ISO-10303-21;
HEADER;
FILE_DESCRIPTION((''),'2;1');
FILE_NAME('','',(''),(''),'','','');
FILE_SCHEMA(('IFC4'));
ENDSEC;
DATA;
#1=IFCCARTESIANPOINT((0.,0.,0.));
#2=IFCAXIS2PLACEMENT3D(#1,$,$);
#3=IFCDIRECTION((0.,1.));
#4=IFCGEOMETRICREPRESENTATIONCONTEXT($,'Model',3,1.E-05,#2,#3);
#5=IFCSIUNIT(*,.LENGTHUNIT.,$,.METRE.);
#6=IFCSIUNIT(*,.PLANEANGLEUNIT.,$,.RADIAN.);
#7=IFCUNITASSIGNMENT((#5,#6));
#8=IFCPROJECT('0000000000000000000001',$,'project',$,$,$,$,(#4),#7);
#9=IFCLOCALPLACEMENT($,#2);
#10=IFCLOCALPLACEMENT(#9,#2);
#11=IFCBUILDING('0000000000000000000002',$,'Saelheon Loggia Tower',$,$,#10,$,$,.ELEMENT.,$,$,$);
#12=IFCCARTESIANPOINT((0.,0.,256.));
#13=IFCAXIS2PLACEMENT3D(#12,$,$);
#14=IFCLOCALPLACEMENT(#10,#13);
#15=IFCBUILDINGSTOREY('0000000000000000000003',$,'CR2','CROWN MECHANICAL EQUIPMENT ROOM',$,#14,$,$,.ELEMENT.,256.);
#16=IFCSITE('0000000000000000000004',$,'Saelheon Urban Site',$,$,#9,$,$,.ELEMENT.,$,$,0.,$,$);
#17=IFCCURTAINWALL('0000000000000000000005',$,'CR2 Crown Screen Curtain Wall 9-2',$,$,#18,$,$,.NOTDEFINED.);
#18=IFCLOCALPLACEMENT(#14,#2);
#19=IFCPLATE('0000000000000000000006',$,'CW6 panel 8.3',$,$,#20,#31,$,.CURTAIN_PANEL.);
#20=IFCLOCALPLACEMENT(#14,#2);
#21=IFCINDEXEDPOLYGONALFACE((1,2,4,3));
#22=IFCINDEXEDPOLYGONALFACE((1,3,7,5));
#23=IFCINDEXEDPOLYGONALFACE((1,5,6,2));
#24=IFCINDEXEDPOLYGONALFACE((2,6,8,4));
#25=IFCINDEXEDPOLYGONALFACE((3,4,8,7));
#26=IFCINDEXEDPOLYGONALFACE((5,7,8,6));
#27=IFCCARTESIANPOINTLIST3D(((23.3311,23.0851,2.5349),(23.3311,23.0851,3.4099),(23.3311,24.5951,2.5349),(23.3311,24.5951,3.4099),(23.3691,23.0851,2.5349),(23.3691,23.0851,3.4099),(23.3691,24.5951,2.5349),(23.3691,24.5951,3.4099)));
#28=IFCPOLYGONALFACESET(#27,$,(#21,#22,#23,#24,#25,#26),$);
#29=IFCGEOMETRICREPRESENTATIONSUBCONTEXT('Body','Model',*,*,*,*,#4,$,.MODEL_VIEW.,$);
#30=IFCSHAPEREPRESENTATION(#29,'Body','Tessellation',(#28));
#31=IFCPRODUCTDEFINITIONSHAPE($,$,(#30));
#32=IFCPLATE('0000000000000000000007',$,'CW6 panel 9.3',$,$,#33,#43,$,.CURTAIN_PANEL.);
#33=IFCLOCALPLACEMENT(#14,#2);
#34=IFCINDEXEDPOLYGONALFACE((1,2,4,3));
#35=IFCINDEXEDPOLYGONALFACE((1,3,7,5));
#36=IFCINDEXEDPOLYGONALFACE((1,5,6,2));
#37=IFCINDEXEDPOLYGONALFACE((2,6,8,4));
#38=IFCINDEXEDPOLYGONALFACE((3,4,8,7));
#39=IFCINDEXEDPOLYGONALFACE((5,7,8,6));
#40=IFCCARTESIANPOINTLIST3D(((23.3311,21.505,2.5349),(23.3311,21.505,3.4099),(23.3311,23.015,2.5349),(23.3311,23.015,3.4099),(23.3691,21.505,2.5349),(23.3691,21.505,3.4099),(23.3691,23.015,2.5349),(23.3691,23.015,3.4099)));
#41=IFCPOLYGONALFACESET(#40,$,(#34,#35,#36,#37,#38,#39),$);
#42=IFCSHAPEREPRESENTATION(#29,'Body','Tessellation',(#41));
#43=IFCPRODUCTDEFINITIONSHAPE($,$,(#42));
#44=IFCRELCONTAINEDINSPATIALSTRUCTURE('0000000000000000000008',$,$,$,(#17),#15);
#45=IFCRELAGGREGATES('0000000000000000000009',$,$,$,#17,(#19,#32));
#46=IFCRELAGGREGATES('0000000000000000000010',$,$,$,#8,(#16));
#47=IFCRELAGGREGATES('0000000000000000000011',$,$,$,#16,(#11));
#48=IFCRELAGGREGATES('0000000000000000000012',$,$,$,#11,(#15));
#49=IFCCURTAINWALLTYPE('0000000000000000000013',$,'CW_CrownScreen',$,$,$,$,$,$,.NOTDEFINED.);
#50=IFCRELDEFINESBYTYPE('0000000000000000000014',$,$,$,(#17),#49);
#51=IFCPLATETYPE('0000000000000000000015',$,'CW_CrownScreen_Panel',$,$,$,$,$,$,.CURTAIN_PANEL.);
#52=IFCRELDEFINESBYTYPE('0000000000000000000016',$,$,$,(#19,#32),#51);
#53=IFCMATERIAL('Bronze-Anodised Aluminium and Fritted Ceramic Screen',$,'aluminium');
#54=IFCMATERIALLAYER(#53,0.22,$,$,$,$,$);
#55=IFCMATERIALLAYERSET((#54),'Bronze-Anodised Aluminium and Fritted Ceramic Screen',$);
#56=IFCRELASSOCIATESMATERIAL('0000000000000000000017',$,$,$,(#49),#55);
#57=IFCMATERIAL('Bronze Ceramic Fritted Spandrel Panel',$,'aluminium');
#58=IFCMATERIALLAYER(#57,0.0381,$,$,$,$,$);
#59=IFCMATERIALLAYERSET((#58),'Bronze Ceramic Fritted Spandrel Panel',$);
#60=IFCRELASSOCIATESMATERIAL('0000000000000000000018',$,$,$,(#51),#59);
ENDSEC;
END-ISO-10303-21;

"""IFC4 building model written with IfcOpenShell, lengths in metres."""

from ifc_helpers import new_model, si_unit, direction, frame, origin, origin_2d, place, context, subcontext, project, spatial, rectangle, extrude, source, transform, mapped, material, layer, layer_set, type_object, element, aggregate, save


model = new_model("IFC4")

# Units and contexts
model_context = context("Model", 3, precision=1e-05, world=origin(), true_north=direction((0.0, 1.0)))
body_context = subcontext(model_context, "Body", "Model", "MODEL_VIEW")
ifc_project = project(units=[si_unit("LENGTHUNIT", "METRE"), si_unit("PLANEANGLEUNIT", "RADIAN")], contexts=[model_context])

# Site, building, storey
site_placement = place(None, origin())
site = spatial("IfcSite", under=ifc_project, at=site_placement, Name="Saelheon Urban Site", CompositionType="ELEMENT", RefElevation=0.0)
building_placement = place(site_placement, origin())
building = spatial("IfcBuilding", under=site, at=building_placement, Name="Saelheon Loggia Tower", CompositionType="ELEMENT")
storey_placement = place(building_placement, frame((0.0, 0.0, 256.0)))
storey = spatial("IfcBuildingStorey", under=building, at=storey_placement, Name="CR2", Description="CROWN MECHANICAL EQUIPMENT ROOM", CompositionType="ELEMENT", Elevation=256.0)

# Curtain wall
ifc_material_1 = material(Name="Bronze-Anodised Aluminium and Fritted Ceramic Screen", Category="aluminium")
ifc_layer_1 = layer(ifc_material_1, 0.22)
ifc_layer_set_1 = layer_set([ifc_layer_1], Name="Bronze-Anodised Aluminium and Fritted Ceramic Screen")
curtain_wall_type = type_object("IfcCurtainWallType", Name="CW_CrownScreen", PredefinedType="NOTDEFINED", material=ifc_layer_set_1)
curtain_wall_1_placement = place(storey_placement, origin())
curtain_wall_1 = element("IfcCurtainWall", 1, at=curtain_wall_1_placement, inside=storey, type_object=curtain_wall_type, Name="CR2 Crown Screen Curtain Wall 9-2", PredefinedType="NOTDEFINED")

# Plates
ifc_material_2 = material(Name="Bronze Ceramic Fritted Spandrel Panel", Category="aluminium")
ifc_layer_2 = layer(ifc_material_2, 0.0381)
ifc_layer_set_2 = layer_set([ifc_layer_2], Name="Bronze Ceramic Fritted Spandrel Panel")
plate_type = type_object("IfcPlateType", Name="CW_CrownScreen_Panel", PredefinedType="CURTAIN_PANEL", material=ifc_layer_set_2)
shared_shape_1 = source(origin(), body_context, "Body", "SweptSolid", [
    extrude(rectangle(XDim=1.51, YDim=0.0381, at=origin_2d()), origin(), (0.0, 0.0, 1.0), 0.875),
])
plate_1_placement = place(storey_placement, frame((23.3501, 23.8401, 2.5349), z_axis=(0.0, 0.0, 1.0), x_axis=(0.0, -1.0, 0.0)))
plate_1 = element("IfcPlate", 2, at=plate_1_placement, type_object=plate_type, Name="CW6 panel 8.3", PredefinedType="CURTAIN_PANEL", context=body_context, shape_type="MappedRepresentation", body=[
    mapped(shared_shape_1, transform((0.0, 0.0, 0.0), scale=1.0)),
])
plate_2_placement = place(storey_placement, frame((23.3501, 22.26, 2.5349), z_axis=(0.0, 0.0, 1.0), x_axis=(0.0, -1.0, 0.0)))
plate_2 = element("IfcPlate", 3, at=plate_2_placement, type_object=plate_type, Name="CW6 panel 9.3", PredefinedType="CURTAIN_PANEL", context=body_context, shape_type="MappedRepresentation", body=[
    mapped(shared_shape_1, transform((0.0, 0.0, 0.0), scale=1.0)),
])
aggregate(curtain_wall_1, [plate_1, plate_2])

save(model, "model.ifc")
